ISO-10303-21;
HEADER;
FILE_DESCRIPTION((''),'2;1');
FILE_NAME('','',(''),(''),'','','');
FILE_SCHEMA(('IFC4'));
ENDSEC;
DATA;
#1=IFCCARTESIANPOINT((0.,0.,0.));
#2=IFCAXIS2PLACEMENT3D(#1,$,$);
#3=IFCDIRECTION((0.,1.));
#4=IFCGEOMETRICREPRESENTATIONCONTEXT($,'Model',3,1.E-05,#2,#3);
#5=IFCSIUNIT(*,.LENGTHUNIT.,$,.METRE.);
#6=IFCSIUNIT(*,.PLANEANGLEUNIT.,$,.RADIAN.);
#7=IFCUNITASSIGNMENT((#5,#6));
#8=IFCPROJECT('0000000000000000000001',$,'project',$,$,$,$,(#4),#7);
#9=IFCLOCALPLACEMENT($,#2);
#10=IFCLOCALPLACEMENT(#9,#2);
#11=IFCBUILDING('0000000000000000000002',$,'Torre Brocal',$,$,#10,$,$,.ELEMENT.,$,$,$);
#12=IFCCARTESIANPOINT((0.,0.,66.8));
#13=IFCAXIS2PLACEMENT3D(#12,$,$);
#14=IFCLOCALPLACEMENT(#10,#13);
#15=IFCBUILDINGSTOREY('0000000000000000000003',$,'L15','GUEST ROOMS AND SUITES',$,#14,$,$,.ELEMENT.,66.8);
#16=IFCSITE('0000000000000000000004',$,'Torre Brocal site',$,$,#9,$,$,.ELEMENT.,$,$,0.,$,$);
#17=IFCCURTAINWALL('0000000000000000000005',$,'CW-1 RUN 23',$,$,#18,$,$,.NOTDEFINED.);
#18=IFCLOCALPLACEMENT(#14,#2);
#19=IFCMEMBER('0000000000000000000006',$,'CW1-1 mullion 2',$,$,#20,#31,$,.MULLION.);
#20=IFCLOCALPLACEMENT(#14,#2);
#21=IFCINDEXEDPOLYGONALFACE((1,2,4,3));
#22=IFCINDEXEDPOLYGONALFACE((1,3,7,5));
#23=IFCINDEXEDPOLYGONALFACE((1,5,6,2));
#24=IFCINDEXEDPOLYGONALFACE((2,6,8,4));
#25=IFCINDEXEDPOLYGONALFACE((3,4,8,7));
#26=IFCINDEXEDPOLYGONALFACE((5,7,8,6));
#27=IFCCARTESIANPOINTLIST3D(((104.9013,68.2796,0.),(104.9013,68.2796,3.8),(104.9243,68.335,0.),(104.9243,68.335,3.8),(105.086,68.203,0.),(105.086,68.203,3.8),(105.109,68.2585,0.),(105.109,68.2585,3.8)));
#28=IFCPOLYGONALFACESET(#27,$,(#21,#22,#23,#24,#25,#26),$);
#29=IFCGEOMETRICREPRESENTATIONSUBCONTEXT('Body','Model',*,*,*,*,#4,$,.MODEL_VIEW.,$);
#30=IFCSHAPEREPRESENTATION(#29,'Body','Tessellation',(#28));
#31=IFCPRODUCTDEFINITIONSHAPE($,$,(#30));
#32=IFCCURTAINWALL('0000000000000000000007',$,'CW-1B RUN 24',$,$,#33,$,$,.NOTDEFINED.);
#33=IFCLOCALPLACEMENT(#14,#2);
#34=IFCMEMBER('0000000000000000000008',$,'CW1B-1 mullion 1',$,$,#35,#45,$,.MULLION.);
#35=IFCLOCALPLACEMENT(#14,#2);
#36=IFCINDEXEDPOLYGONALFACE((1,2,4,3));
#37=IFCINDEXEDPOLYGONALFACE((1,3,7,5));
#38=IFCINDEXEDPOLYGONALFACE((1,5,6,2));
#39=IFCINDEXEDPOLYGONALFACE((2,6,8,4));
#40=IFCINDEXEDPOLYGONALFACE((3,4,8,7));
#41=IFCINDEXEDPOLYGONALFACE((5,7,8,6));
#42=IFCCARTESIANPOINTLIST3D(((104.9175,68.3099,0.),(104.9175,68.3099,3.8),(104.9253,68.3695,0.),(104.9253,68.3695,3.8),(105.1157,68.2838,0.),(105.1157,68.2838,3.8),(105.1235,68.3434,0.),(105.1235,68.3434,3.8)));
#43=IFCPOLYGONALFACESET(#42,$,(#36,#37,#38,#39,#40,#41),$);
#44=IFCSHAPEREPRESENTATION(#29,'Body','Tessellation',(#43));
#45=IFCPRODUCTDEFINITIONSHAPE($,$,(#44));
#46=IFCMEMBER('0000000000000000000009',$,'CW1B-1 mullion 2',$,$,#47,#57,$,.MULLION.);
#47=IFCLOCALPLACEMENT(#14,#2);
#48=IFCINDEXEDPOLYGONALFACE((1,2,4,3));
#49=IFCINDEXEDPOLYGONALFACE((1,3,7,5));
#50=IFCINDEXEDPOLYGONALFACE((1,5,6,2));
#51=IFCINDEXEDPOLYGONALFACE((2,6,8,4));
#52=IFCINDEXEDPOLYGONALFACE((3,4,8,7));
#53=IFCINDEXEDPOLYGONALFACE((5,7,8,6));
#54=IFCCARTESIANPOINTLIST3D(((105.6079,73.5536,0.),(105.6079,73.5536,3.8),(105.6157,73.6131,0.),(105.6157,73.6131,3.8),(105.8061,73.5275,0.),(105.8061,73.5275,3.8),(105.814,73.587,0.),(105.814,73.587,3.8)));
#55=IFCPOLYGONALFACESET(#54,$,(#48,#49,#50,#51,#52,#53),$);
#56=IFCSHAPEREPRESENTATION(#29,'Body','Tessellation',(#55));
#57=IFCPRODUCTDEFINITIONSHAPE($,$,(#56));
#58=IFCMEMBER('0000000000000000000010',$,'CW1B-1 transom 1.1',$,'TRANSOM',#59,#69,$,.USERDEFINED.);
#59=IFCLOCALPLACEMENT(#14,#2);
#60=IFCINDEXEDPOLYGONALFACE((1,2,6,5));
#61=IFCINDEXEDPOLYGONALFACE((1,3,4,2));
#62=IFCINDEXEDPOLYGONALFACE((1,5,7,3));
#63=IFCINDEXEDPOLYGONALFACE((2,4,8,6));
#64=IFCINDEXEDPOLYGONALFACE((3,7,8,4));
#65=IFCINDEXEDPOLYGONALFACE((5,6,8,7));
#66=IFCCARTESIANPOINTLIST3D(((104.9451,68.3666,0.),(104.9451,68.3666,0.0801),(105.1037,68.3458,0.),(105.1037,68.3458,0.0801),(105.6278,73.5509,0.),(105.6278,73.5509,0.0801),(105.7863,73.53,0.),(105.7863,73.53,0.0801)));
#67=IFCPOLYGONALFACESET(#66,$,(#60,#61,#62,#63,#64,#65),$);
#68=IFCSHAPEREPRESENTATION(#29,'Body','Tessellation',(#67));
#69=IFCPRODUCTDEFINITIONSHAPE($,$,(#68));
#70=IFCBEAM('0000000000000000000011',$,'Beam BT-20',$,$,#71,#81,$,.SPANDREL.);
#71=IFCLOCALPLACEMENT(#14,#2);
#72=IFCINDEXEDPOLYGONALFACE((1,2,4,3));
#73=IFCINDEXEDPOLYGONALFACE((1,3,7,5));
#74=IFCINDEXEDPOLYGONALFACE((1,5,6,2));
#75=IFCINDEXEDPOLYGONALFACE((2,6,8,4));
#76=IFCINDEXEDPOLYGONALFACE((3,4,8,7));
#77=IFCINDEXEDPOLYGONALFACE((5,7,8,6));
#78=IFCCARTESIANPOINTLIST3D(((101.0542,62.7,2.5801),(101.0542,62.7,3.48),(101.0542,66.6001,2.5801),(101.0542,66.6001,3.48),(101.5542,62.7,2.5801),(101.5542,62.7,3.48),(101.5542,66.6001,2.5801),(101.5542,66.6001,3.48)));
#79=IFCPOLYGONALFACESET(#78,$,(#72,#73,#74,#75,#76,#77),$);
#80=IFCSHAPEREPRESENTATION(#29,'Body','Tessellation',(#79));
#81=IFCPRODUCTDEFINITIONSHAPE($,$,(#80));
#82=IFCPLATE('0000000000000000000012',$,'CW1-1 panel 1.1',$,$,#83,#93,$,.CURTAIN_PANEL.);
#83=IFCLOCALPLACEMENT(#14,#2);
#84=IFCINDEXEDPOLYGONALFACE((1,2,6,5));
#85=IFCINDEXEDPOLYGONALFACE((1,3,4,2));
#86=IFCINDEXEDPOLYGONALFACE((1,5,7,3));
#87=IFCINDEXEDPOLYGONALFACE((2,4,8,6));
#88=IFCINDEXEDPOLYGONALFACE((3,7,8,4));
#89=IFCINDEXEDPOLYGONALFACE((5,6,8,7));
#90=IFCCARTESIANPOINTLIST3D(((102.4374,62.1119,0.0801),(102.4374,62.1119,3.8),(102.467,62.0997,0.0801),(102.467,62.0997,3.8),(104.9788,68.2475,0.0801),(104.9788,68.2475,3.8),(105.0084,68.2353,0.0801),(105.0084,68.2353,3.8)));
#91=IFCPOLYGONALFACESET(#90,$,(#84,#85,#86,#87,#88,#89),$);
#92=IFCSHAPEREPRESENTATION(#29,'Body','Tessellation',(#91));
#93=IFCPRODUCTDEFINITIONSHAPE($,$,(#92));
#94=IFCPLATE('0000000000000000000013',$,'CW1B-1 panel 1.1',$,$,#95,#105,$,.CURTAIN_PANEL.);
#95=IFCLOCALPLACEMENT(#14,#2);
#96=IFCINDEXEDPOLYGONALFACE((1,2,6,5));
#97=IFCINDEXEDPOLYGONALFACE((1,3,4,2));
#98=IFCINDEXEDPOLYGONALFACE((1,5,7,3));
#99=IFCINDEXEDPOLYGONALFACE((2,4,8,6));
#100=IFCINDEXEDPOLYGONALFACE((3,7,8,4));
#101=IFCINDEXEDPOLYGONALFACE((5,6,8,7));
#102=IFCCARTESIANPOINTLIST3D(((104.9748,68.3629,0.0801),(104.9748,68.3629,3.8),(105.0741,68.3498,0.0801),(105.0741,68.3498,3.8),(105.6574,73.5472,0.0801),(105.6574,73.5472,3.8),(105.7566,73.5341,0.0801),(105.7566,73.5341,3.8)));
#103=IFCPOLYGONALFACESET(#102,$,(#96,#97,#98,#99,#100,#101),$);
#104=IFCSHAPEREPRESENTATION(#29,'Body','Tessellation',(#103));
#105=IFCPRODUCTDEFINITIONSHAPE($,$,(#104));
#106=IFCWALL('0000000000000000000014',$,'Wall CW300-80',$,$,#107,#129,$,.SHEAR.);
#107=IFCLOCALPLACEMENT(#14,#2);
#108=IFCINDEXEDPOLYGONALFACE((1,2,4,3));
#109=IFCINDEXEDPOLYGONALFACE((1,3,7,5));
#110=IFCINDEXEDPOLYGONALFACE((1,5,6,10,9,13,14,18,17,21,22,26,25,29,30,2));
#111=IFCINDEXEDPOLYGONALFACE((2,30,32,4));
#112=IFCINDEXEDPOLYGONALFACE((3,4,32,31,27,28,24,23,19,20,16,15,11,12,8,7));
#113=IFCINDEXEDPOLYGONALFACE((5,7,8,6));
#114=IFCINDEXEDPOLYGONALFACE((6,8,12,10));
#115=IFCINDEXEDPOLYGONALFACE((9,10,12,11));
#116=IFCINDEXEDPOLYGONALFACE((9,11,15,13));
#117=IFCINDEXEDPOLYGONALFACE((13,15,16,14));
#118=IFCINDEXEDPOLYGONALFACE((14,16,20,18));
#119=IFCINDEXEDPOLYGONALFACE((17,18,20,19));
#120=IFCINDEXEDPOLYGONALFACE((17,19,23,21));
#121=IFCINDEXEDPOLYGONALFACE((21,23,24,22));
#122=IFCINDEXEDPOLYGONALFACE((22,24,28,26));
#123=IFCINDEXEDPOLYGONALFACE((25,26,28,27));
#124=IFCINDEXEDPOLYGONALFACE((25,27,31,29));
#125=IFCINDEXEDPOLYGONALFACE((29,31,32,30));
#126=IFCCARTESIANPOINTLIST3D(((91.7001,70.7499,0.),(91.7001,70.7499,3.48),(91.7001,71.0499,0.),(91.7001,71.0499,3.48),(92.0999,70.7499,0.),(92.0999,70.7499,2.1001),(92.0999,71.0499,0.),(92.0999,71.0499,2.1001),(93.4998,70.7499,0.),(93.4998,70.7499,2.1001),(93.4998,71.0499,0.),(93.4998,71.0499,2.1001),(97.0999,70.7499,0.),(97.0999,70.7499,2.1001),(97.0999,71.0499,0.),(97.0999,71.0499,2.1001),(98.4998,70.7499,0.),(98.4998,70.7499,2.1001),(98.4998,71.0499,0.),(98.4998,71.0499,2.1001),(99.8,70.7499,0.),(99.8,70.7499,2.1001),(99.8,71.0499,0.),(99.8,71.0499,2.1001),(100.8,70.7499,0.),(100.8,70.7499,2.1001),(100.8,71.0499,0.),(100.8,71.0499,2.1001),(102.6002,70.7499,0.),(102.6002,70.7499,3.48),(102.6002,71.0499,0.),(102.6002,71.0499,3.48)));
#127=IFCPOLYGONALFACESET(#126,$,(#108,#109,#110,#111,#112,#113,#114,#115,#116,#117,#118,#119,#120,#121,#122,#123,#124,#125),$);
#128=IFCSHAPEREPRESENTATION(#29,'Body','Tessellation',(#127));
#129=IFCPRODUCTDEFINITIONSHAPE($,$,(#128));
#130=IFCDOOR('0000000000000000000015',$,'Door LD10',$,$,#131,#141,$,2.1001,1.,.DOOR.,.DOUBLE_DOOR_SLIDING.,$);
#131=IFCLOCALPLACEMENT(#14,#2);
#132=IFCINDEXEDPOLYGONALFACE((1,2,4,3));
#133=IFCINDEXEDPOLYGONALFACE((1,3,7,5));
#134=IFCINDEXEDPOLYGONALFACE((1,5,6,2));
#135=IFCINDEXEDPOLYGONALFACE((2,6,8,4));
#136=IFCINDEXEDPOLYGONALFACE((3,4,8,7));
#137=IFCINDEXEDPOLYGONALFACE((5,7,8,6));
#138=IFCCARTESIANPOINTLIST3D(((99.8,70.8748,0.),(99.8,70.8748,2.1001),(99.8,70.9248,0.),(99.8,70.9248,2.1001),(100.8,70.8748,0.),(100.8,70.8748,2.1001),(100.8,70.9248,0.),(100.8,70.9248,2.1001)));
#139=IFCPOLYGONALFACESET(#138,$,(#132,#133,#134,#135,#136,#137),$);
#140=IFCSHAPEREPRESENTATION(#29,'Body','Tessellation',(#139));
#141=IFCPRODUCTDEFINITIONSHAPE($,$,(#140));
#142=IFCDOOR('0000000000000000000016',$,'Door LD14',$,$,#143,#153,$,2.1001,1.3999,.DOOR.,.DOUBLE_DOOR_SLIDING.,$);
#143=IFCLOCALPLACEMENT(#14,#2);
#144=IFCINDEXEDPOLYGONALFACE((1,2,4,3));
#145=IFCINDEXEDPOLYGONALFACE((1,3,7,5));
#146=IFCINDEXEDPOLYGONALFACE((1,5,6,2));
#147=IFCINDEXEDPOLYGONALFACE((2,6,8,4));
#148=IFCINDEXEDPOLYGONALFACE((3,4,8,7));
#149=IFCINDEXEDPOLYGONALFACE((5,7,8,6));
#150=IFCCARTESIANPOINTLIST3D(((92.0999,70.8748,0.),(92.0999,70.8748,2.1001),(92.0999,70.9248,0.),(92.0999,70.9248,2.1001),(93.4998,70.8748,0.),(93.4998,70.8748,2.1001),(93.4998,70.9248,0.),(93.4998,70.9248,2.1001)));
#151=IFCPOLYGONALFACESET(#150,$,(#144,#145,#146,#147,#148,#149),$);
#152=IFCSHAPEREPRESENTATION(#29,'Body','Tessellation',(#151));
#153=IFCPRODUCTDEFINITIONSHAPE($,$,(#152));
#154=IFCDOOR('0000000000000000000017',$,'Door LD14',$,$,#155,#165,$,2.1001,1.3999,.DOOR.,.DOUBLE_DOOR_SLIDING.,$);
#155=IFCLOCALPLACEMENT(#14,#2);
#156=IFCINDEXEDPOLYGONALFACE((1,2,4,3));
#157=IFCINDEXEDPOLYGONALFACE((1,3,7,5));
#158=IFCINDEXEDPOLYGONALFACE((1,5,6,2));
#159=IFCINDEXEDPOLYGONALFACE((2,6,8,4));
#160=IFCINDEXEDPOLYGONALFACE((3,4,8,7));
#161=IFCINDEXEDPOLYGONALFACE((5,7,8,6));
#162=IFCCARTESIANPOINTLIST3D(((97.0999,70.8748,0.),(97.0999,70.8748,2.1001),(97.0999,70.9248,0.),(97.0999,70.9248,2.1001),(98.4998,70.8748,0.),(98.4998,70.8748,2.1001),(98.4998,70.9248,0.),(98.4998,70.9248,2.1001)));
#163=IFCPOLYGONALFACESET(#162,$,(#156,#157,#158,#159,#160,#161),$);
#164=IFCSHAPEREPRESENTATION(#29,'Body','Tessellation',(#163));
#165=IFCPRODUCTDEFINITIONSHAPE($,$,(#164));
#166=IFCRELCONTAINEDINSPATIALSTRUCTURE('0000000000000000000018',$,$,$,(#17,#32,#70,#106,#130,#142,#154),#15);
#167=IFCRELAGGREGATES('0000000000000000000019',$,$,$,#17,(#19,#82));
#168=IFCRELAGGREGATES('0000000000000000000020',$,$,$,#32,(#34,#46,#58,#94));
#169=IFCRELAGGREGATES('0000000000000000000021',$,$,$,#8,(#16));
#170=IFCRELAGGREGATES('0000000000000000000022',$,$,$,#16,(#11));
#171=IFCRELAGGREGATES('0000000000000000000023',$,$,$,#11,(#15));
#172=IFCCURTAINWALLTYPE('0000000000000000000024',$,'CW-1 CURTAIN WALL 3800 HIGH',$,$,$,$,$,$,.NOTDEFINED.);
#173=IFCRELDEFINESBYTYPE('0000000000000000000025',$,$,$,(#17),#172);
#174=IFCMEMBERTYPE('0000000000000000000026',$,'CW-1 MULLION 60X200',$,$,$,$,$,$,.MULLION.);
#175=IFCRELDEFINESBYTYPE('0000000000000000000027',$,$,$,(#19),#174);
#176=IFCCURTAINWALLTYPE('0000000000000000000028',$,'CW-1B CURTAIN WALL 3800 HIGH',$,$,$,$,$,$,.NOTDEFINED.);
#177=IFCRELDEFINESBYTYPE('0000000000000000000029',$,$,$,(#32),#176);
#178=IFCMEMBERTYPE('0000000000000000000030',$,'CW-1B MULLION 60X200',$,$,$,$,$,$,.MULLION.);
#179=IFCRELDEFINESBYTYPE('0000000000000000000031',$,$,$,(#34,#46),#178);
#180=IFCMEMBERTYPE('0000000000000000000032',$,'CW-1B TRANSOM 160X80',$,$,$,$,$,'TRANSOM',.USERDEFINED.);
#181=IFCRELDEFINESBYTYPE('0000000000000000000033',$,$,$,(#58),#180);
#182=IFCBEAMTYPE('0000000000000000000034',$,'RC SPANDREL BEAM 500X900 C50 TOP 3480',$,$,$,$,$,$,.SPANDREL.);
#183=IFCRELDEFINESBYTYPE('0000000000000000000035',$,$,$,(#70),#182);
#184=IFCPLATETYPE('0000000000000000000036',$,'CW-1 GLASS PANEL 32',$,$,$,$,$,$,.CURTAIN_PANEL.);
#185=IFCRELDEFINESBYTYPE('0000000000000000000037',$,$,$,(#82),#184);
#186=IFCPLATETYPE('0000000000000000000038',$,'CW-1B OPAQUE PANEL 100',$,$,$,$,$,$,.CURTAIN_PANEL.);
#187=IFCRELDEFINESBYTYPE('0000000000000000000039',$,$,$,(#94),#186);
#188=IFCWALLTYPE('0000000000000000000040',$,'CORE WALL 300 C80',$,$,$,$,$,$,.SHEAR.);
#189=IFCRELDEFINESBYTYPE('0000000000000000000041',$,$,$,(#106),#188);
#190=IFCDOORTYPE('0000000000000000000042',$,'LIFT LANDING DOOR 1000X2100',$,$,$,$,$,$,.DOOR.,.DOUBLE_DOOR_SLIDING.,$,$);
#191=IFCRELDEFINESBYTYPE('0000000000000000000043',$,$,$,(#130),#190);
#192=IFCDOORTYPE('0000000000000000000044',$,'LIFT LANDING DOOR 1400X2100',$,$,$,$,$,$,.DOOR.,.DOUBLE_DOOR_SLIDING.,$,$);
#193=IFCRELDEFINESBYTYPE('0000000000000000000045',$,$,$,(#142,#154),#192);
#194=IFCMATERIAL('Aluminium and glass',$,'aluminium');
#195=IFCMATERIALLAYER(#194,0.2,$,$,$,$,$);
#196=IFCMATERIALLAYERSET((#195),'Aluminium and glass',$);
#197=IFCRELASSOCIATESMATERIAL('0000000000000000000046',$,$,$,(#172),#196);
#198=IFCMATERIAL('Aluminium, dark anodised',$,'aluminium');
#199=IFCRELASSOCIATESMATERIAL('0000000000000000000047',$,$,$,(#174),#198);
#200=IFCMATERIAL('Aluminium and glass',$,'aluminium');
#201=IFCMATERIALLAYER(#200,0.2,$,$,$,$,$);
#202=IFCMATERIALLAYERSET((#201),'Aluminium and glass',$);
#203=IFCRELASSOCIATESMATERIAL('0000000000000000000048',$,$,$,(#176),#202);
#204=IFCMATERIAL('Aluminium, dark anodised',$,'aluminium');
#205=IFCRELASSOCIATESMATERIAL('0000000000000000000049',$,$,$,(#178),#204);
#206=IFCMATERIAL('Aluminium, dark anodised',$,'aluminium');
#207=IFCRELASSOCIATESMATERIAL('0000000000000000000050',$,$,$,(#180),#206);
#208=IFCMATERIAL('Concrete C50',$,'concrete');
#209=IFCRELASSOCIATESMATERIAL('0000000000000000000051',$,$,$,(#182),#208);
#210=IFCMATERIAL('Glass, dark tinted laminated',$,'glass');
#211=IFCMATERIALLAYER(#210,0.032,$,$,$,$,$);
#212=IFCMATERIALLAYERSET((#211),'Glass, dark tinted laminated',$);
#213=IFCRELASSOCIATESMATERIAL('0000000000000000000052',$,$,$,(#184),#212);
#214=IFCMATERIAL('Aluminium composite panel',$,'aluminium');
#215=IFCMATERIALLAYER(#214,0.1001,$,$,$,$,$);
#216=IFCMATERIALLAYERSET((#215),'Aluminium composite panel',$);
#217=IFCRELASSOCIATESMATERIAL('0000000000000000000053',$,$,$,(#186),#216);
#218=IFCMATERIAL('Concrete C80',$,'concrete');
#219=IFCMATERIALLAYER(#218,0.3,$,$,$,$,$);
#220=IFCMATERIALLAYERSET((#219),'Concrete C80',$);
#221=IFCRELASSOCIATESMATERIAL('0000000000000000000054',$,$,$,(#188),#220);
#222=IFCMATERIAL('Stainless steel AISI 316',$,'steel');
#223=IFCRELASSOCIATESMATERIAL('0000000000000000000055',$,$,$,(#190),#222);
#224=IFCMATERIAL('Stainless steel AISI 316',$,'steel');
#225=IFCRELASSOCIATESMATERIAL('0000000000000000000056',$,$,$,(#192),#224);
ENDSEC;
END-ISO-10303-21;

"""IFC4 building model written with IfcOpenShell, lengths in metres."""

from ifc_helpers import new_model, si_unit, direction, frame, frame_2d, origin, origin_2d, place, context, subcontext, project, spatial, rectangle, extrude, material, layer, layer_set, material_profile, profile_set, type_object, element, fill, aggregate, save


model = new_model("IFC4")

# Units and contexts
model_context = context("Model", 3, precision=1e-05, world=origin(), true_north=direction((0.0, 1.0)))
body_context = subcontext(model_context, "Body", "Model", "MODEL_VIEW")
ifc_project = project(units=[si_unit("LENGTHUNIT", "METRE"), si_unit("PLANEANGLEUNIT", "RADIAN")], contexts=[model_context])

# Site, building, storey
site_placement = place(None, origin())
site = spatial("IfcSite", under=ifc_project, at=site_placement, Name="Torre Brocal site", CompositionType="ELEMENT", RefElevation=0.0)
building_placement = place(site_placement, origin())
building = spatial("IfcBuilding", under=site, at=building_placement, Name="Torre Brocal", CompositionType="ELEMENT")
storey_placement = place(building_placement, frame((0.0, 0.0, 66.8)))
storey = spatial("IfcBuildingStorey", under=building, at=storey_placement, Name="L15", Description="GUEST ROOMS AND SUITES", CompositionType="ELEMENT", Elevation=66.8)

# Curtain wall, member
ifc_material_1 = material(Name="Aluminium and glass", Category="aluminium")
ifc_layer_1 = layer(ifc_material_1, 0.2)
ifc_layer_set_1 = layer_set([ifc_layer_1], Name="Aluminium and glass")
curtain_wall_type_1 = type_object("IfcCurtainWallType", Name="CW-1 CURTAIN WALL 3800 HIGH", PredefinedType="NOTDEFINED", material=ifc_layer_set_1)
curtain_wall_1_placement = place(storey_placement, origin())
curtain_wall_1 = element("IfcCurtainWall", 1, at=curtain_wall_1_placement, inside=storey, type_object=curtain_wall_type_1, Name="CW-1 RUN 23", PredefinedType="NOTDEFINED")
ifc_material_2 = material(Name="Aluminium, dark anodised", Category="aluminium")
ifc_material_profile_1 = material_profile(ifc_material_2, rectangle(XDim=0.2, YDim=0.0601, at=origin_2d()), Name="CW-1 MULLION 60X200")
ifc_profile_set_1 = profile_set([ifc_material_profile_1], Name="Aluminium, dark anodised")
member_type_1 = type_object("IfcMemberType", Name="CW-1 MULLION 60X200", PredefinedType="MULLION", material=ifc_profile_set_1)
member_1_placement = place(storey_placement, frame((105.0051, 68.269, 0.0), z_axis=(0.0, 0.0, 1.0), x_axis=(-0.92388, 0.382683, 0.0)))
member_1 = element("IfcMember", 2, at=member_1_placement, type_object=member_type_1, Name="CW1-1 mullion 2", PredefinedType="MULLION", context=body_context, shape_type="SweptSolid", body=[
    extrude(rectangle(XDim=0.2, YDim=0.0601, at=origin_2d()), origin(), (0.0, 0.0, 1.0), 3.8),
])

# Curtain wall, members
ifc_material_3 = material(Name="Aluminium and glass", Category="aluminium")
ifc_layer_2 = layer(ifc_material_3, 0.2)
ifc_layer_set_2 = layer_set([ifc_layer_2], Name="Aluminium and glass")
curtain_wall_type_2 = type_object("IfcCurtainWallType", Name="CW-1B CURTAIN WALL 3800 HIGH", PredefinedType="NOTDEFINED", material=ifc_layer_set_2)
curtain_wall_2_placement = place(storey_placement, origin())
curtain_wall_2 = element("IfcCurtainWall", 3, at=curtain_wall_2_placement, inside=storey, type_object=curtain_wall_type_2, Name="CW-1B RUN 24", PredefinedType="NOTDEFINED")
ifc_material_4 = material(Name="Aluminium, dark anodised", Category="aluminium")
ifc_material_profile_2 = material_profile(ifc_material_4, rectangle(XDim=0.2, YDim=0.0601, at=origin_2d()), Name="CW-1B MULLION 60X200")
ifc_profile_set_2 = profile_set([ifc_material_profile_2], Name="Aluminium, dark anodised")
member_type_2 = type_object("IfcMemberType", Name="CW-1B MULLION 60X200", PredefinedType="MULLION", material=ifc_profile_set_2)
member_2_placement = place(storey_placement, frame((105.0205, 68.3267, 0.0), z_axis=(0.0, 0.0, 1.0), x_axis=(-0.991445, 0.130526, 0.0)))
member_2 = element("IfcMember", 4, at=member_2_placement, type_object=member_type_2, Name="CW1B-1 mullion 1", PredefinedType="MULLION", context=body_context, shape_type="SweptSolid", body=[
    extrude(rectangle(XDim=0.2, YDim=0.0601, at=origin_2d()), origin(), (0.0, 0.0, 1.0), 3.8),
])
member_3_placement = place(storey_placement, frame((105.7109, 73.5703, 0.0), z_axis=(0.0, 0.0, 1.0), x_axis=(-0.991445, 0.130526, 0.0)))
member_3 = element("IfcMember", 5, at=member_3_placement, type_object=member_type_2, Name="CW1B-1 mullion 2", PredefinedType="MULLION", context=body_context, shape_type="SweptSolid", body=[
    extrude(rectangle(XDim=0.2, YDim=0.0601, at=origin_2d()), origin(), (0.0, 0.0, 1.0), 3.8),
])
ifc_material_5 = material(Name="Aluminium, dark anodised", Category="aluminium")
ifc_material_profile_3 = material_profile(ifc_material_5, rectangle(XDim=0.1599, YDim=0.0801, at=origin_2d()), Name="CW-1B TRANSOM 160X80")
ifc_profile_set_3 = profile_set([ifc_material_profile_3], Name="Aluminium, dark anodised")
member_type_3 = type_object("IfcMemberType", Name="CW-1B TRANSOM 160X80", ElementType="TRANSOM", PredefinedType="USERDEFINED", material=ifc_profile_set_3)
member_4_placement = place(storey_placement, frame((105.0244, 68.3562, 0.04), z_axis=(0.130543, 0.991443, 0.0), x_axis=(-0.991443, 0.130543, 0.0)))
member_4 = element("IfcMember", 6, at=member_4_placement, type_object=member_type_3, Name="CW1B-1 transom 1.1", ObjectType="TRANSOM", PredefinedType="USERDEFINED", context=body_context, shape_type="SweptSolid", body=[
    extrude(rectangle(XDim=0.1599, YDim=0.0801, at=origin_2d()), origin(), (0.0, 0.0, 1.0), 5.229),
])

# Beam
ifc_material_6 = material(Name="Concrete C50", Category="concrete")
ifc_material_profile_4 = material_profile(ifc_material_6, rectangle(XDim=0.5, YDim=0.8999, at=origin_2d()), Name="RC 500X900")
ifc_profile_set_4 = profile_set([ifc_material_profile_4], Name="Concrete C50")
beam_type = type_object("IfcBeamType", Name="RC SPANDREL BEAM 500X900 C50 TOP 3480", PredefinedType="SPANDREL", material=ifc_profile_set_4)
beam_placement = place(storey_placement, frame((101.3042, 62.7, 3.03), z_axis=(0.0, 1.0, 0.0), x_axis=(-1.0, 0.0, 0.0)))
element("IfcBeam", 7, at=beam_placement, inside=storey, type_object=beam_type, Name="Beam BT-20", PredefinedType="SPANDREL", context=body_context, shape_type="SweptSolid", body=[
    extrude(rectangle(XDim=0.5, YDim=0.8999, at=origin_2d()), origin(), (0.0, 0.0, 1.0), 3.9001),
])

# Plates
ifc_material_7 = material(Name="Glass, dark tinted laminated", Category="glass")
ifc_layer_3 = layer(ifc_material_7, 0.032)
ifc_layer_set_3 = layer_set([ifc_layer_3], Name="Glass, dark tinted laminated")
plate_type_1 = type_object("IfcPlateType", Name="CW-1 GLASS PANEL 32", PredefinedType="CURTAIN_PANEL", material=ifc_layer_set_3)
plate_1_placement = place(storey_placement, frame((103.7229, 65.1736, 0.0801), z_axis=(0.0, 0.0, 1.0), x_axis=(0.382683, 0.92388, 0.0)))
plate_1 = element("IfcPlate", 8, at=plate_1_placement, type_object=plate_type_1, Name="CW1-1 panel 1.1", PredefinedType="CURTAIN_PANEL", context=body_context, shape_type="SweptSolid", body=[
    extrude(rectangle(XDim=6.6411, YDim=0.032, at=origin_2d()), origin(), (0.0, 0.0, 1.0), 3.72),
])
aggregate(curtain_wall_1, [member_1, plate_1])
ifc_material_8 = material(Name="Aluminium composite panel", Category="aluminium")
ifc_layer_4 = layer(ifc_material_8, 0.1001)
ifc_layer_set_4 = layer_set([ifc_layer_4], Name="Aluminium composite panel")
plate_type_2 = type_object("IfcPlateType", Name="CW-1B OPAQUE PANEL 100", PredefinedType="CURTAIN_PANEL", material=ifc_layer_set_4)
plate_2_placement = place(storey_placement, frame((105.3657, 70.9485, 0.0801), z_axis=(0.0, 0.0, 1.0), x_axis=(0.130526, 0.991445, 0.0)))
plate_2 = element("IfcPlate", 9, at=plate_2_placement, type_object=plate_type_2, Name="CW1B-1 panel 1.1", PredefinedType="CURTAIN_PANEL", context=body_context, shape_type="SweptSolid", body=[
    extrude(rectangle(XDim=5.229, YDim=0.1001, at=origin_2d()), origin(), (0.0, 0.0, 1.0), 3.72),
])
aggregate(curtain_wall_2, [member_2, member_3, member_4, plate_2])

# Wall, openings, doors
ifc_material_9 = material(Name="Concrete C80", Category="concrete")
ifc_layer_5 = layer(ifc_material_9, 0.3)
ifc_layer_set_5 = layer_set([ifc_layer_5], Name="Concrete C80")
wall_type_1 = type_object("IfcWallType", Name="CORE WALL 300 C80", PredefinedType="SHEAR", material=ifc_layer_set_5)
wall_1_placement = place(storey_placement, frame((91.7, 70.8999, 0.0), z_axis=(0.0, 0.0, 1.0), x_axis=(1.0, 0.0, 0.0)))
wall_1 = element("IfcWall", 10, at=wall_1_placement, inside=storey, type_object=wall_type_1, Name="Wall CW300-80", PredefinedType="SHEAR", context=body_context, shape_type="SweptSolid", body=[
    extrude(rectangle(XDim=10.9001, YDim=0.3, at=frame_2d((5.4502, 0.0))), origin(), (0.0, 0.0, 1.0), 3.48),
])
opening_1_placement = place(wall_1_placement, frame((0.3999, 0.0, 0.0)))
opening_1 = element("IfcOpeningElement", 11, at=opening_1_placement, cuts=wall_1, PredefinedType="OPENING", context=body_context, shape_type="SweptSolid", body=[
    extrude(rectangle(XDim=1.3999, YDim=2.1001, at=frame_2d((0.7, 1.05))), frame((0.0, 0.1599, 0.0), z_axis=(0.0, -1.0, 0.0), x_axis=(1.0, 0.0, 0.0)), (0.0, 0.0, 1.0), 0.3201),
])
opening_2_placement = place(wall_1_placement, frame((5.3999, 0.0, 0.0)))
opening_2 = element("IfcOpeningElement", 12, at=opening_2_placement, cuts=wall_1, PredefinedType="OPENING", context=body_context, shape_type="SweptSolid", body=[
    extrude(rectangle(XDim=1.3999, YDim=2.1001, at=frame_2d((0.7, 1.05))), frame((0.0, 0.1599, 0.0), z_axis=(0.0, -1.0, 0.0), x_axis=(1.0, 0.0, 0.0)), (0.0, 0.0, 1.0), 0.3201),
])
opening_3_placement = place(wall_1_placement, frame((8.1001, 0.0, 0.0)))
opening_3 = element("IfcOpeningElement", 13, at=opening_3_placement, cuts=wall_1, PredefinedType="OPENING", context=body_context, shape_type="SweptSolid", body=[
    extrude(rectangle(XDim=1.0, YDim=2.1001, at=frame_2d((0.5, 1.05))), frame((0.0, 0.1599, 0.0), z_axis=(0.0, -1.0, 0.0), x_axis=(1.0, 0.0, 0.0)), (0.0, 0.0, 1.0), 0.3201),
])
ifc_material_10 = material(Name="Stainless steel AISI 316", Category="steel")
door_type_1 = type_object("IfcDoorType", Name="LIFT LANDING DOOR 1000X2100", OperationType="DOUBLE_DOOR_SLIDING", PredefinedType="DOOR", material=ifc_material_10)
door_1_placement = place(opening_3_placement, origin())
door_1 = element("IfcDoor", 14, at=door_1_placement, inside=storey, type_object=door_type_1, Name="Door LD10", OperationType="DOUBLE_DOOR_SLIDING", OverallHeight=2.1001, OverallWidth=1.0, PredefinedType="DOOR", context=body_context, shape_type="SweptSolid", body=[
    extrude(rectangle(XDim=1.0, YDim=2.1001, at=frame_2d((0.5, 1.05))), frame((0.0, 0.0249, 0.0), z_axis=(0.0, -1.0, 0.0), x_axis=(1.0, 0.0, 0.0)), (0.0, 0.0, 1.0), 0.05),
])
fill(opening_3, door_1)
ifc_material_11 = material(Name="Stainless steel AISI 316", Category="steel")
door_type_2 = type_object("IfcDoorType", Name="LIFT LANDING DOOR 1400X2100", OperationType="DOUBLE_DOOR_SLIDING", PredefinedType="DOOR", material=ifc_material_11)
door_2_placement = place(opening_1_placement, origin())
door_2 = element("IfcDoor", 15, at=door_2_placement, inside=storey, type_object=door_type_2, Name="Door LD14", OperationType="DOUBLE_DOOR_SLIDING", OverallHeight=2.1001, OverallWidth=1.3999, PredefinedType="DOOR", context=body_context, shape_type="SweptSolid", body=[
    extrude(rectangle(XDim=1.3999, YDim=2.1001, at=frame_2d((0.7, 1.05))), frame((0.0, 0.0249, 0.0), z_axis=(0.0, -1.0, 0.0), x_axis=(1.0, 0.0, 0.0)), (0.0, 0.0, 1.0), 0.05),
])
fill(opening_1, door_2)
door_3_placement = place(opening_2_placement, origin())
door_3 = element("IfcDoor", 16, at=door_3_placement, inside=storey, type_object=door_type_2, Name="Door LD14", OperationType="DOUBLE_DOOR_SLIDING", OverallHeight=2.1001, OverallWidth=1.3999, PredefinedType="DOOR", context=body_context, shape_type="SweptSolid", body=[
    extrude(rectangle(XDim=1.3999, YDim=2.1001, at=frame_2d((0.7, 1.05))), frame((0.0, 0.0249, 0.0), z_axis=(0.0, -1.0, 0.0), x_axis=(1.0, 0.0, 0.0)), (0.0, 0.0, 1.0), 0.05),
])
fill(opening_2, door_3)

save(model, "model.ifc")
